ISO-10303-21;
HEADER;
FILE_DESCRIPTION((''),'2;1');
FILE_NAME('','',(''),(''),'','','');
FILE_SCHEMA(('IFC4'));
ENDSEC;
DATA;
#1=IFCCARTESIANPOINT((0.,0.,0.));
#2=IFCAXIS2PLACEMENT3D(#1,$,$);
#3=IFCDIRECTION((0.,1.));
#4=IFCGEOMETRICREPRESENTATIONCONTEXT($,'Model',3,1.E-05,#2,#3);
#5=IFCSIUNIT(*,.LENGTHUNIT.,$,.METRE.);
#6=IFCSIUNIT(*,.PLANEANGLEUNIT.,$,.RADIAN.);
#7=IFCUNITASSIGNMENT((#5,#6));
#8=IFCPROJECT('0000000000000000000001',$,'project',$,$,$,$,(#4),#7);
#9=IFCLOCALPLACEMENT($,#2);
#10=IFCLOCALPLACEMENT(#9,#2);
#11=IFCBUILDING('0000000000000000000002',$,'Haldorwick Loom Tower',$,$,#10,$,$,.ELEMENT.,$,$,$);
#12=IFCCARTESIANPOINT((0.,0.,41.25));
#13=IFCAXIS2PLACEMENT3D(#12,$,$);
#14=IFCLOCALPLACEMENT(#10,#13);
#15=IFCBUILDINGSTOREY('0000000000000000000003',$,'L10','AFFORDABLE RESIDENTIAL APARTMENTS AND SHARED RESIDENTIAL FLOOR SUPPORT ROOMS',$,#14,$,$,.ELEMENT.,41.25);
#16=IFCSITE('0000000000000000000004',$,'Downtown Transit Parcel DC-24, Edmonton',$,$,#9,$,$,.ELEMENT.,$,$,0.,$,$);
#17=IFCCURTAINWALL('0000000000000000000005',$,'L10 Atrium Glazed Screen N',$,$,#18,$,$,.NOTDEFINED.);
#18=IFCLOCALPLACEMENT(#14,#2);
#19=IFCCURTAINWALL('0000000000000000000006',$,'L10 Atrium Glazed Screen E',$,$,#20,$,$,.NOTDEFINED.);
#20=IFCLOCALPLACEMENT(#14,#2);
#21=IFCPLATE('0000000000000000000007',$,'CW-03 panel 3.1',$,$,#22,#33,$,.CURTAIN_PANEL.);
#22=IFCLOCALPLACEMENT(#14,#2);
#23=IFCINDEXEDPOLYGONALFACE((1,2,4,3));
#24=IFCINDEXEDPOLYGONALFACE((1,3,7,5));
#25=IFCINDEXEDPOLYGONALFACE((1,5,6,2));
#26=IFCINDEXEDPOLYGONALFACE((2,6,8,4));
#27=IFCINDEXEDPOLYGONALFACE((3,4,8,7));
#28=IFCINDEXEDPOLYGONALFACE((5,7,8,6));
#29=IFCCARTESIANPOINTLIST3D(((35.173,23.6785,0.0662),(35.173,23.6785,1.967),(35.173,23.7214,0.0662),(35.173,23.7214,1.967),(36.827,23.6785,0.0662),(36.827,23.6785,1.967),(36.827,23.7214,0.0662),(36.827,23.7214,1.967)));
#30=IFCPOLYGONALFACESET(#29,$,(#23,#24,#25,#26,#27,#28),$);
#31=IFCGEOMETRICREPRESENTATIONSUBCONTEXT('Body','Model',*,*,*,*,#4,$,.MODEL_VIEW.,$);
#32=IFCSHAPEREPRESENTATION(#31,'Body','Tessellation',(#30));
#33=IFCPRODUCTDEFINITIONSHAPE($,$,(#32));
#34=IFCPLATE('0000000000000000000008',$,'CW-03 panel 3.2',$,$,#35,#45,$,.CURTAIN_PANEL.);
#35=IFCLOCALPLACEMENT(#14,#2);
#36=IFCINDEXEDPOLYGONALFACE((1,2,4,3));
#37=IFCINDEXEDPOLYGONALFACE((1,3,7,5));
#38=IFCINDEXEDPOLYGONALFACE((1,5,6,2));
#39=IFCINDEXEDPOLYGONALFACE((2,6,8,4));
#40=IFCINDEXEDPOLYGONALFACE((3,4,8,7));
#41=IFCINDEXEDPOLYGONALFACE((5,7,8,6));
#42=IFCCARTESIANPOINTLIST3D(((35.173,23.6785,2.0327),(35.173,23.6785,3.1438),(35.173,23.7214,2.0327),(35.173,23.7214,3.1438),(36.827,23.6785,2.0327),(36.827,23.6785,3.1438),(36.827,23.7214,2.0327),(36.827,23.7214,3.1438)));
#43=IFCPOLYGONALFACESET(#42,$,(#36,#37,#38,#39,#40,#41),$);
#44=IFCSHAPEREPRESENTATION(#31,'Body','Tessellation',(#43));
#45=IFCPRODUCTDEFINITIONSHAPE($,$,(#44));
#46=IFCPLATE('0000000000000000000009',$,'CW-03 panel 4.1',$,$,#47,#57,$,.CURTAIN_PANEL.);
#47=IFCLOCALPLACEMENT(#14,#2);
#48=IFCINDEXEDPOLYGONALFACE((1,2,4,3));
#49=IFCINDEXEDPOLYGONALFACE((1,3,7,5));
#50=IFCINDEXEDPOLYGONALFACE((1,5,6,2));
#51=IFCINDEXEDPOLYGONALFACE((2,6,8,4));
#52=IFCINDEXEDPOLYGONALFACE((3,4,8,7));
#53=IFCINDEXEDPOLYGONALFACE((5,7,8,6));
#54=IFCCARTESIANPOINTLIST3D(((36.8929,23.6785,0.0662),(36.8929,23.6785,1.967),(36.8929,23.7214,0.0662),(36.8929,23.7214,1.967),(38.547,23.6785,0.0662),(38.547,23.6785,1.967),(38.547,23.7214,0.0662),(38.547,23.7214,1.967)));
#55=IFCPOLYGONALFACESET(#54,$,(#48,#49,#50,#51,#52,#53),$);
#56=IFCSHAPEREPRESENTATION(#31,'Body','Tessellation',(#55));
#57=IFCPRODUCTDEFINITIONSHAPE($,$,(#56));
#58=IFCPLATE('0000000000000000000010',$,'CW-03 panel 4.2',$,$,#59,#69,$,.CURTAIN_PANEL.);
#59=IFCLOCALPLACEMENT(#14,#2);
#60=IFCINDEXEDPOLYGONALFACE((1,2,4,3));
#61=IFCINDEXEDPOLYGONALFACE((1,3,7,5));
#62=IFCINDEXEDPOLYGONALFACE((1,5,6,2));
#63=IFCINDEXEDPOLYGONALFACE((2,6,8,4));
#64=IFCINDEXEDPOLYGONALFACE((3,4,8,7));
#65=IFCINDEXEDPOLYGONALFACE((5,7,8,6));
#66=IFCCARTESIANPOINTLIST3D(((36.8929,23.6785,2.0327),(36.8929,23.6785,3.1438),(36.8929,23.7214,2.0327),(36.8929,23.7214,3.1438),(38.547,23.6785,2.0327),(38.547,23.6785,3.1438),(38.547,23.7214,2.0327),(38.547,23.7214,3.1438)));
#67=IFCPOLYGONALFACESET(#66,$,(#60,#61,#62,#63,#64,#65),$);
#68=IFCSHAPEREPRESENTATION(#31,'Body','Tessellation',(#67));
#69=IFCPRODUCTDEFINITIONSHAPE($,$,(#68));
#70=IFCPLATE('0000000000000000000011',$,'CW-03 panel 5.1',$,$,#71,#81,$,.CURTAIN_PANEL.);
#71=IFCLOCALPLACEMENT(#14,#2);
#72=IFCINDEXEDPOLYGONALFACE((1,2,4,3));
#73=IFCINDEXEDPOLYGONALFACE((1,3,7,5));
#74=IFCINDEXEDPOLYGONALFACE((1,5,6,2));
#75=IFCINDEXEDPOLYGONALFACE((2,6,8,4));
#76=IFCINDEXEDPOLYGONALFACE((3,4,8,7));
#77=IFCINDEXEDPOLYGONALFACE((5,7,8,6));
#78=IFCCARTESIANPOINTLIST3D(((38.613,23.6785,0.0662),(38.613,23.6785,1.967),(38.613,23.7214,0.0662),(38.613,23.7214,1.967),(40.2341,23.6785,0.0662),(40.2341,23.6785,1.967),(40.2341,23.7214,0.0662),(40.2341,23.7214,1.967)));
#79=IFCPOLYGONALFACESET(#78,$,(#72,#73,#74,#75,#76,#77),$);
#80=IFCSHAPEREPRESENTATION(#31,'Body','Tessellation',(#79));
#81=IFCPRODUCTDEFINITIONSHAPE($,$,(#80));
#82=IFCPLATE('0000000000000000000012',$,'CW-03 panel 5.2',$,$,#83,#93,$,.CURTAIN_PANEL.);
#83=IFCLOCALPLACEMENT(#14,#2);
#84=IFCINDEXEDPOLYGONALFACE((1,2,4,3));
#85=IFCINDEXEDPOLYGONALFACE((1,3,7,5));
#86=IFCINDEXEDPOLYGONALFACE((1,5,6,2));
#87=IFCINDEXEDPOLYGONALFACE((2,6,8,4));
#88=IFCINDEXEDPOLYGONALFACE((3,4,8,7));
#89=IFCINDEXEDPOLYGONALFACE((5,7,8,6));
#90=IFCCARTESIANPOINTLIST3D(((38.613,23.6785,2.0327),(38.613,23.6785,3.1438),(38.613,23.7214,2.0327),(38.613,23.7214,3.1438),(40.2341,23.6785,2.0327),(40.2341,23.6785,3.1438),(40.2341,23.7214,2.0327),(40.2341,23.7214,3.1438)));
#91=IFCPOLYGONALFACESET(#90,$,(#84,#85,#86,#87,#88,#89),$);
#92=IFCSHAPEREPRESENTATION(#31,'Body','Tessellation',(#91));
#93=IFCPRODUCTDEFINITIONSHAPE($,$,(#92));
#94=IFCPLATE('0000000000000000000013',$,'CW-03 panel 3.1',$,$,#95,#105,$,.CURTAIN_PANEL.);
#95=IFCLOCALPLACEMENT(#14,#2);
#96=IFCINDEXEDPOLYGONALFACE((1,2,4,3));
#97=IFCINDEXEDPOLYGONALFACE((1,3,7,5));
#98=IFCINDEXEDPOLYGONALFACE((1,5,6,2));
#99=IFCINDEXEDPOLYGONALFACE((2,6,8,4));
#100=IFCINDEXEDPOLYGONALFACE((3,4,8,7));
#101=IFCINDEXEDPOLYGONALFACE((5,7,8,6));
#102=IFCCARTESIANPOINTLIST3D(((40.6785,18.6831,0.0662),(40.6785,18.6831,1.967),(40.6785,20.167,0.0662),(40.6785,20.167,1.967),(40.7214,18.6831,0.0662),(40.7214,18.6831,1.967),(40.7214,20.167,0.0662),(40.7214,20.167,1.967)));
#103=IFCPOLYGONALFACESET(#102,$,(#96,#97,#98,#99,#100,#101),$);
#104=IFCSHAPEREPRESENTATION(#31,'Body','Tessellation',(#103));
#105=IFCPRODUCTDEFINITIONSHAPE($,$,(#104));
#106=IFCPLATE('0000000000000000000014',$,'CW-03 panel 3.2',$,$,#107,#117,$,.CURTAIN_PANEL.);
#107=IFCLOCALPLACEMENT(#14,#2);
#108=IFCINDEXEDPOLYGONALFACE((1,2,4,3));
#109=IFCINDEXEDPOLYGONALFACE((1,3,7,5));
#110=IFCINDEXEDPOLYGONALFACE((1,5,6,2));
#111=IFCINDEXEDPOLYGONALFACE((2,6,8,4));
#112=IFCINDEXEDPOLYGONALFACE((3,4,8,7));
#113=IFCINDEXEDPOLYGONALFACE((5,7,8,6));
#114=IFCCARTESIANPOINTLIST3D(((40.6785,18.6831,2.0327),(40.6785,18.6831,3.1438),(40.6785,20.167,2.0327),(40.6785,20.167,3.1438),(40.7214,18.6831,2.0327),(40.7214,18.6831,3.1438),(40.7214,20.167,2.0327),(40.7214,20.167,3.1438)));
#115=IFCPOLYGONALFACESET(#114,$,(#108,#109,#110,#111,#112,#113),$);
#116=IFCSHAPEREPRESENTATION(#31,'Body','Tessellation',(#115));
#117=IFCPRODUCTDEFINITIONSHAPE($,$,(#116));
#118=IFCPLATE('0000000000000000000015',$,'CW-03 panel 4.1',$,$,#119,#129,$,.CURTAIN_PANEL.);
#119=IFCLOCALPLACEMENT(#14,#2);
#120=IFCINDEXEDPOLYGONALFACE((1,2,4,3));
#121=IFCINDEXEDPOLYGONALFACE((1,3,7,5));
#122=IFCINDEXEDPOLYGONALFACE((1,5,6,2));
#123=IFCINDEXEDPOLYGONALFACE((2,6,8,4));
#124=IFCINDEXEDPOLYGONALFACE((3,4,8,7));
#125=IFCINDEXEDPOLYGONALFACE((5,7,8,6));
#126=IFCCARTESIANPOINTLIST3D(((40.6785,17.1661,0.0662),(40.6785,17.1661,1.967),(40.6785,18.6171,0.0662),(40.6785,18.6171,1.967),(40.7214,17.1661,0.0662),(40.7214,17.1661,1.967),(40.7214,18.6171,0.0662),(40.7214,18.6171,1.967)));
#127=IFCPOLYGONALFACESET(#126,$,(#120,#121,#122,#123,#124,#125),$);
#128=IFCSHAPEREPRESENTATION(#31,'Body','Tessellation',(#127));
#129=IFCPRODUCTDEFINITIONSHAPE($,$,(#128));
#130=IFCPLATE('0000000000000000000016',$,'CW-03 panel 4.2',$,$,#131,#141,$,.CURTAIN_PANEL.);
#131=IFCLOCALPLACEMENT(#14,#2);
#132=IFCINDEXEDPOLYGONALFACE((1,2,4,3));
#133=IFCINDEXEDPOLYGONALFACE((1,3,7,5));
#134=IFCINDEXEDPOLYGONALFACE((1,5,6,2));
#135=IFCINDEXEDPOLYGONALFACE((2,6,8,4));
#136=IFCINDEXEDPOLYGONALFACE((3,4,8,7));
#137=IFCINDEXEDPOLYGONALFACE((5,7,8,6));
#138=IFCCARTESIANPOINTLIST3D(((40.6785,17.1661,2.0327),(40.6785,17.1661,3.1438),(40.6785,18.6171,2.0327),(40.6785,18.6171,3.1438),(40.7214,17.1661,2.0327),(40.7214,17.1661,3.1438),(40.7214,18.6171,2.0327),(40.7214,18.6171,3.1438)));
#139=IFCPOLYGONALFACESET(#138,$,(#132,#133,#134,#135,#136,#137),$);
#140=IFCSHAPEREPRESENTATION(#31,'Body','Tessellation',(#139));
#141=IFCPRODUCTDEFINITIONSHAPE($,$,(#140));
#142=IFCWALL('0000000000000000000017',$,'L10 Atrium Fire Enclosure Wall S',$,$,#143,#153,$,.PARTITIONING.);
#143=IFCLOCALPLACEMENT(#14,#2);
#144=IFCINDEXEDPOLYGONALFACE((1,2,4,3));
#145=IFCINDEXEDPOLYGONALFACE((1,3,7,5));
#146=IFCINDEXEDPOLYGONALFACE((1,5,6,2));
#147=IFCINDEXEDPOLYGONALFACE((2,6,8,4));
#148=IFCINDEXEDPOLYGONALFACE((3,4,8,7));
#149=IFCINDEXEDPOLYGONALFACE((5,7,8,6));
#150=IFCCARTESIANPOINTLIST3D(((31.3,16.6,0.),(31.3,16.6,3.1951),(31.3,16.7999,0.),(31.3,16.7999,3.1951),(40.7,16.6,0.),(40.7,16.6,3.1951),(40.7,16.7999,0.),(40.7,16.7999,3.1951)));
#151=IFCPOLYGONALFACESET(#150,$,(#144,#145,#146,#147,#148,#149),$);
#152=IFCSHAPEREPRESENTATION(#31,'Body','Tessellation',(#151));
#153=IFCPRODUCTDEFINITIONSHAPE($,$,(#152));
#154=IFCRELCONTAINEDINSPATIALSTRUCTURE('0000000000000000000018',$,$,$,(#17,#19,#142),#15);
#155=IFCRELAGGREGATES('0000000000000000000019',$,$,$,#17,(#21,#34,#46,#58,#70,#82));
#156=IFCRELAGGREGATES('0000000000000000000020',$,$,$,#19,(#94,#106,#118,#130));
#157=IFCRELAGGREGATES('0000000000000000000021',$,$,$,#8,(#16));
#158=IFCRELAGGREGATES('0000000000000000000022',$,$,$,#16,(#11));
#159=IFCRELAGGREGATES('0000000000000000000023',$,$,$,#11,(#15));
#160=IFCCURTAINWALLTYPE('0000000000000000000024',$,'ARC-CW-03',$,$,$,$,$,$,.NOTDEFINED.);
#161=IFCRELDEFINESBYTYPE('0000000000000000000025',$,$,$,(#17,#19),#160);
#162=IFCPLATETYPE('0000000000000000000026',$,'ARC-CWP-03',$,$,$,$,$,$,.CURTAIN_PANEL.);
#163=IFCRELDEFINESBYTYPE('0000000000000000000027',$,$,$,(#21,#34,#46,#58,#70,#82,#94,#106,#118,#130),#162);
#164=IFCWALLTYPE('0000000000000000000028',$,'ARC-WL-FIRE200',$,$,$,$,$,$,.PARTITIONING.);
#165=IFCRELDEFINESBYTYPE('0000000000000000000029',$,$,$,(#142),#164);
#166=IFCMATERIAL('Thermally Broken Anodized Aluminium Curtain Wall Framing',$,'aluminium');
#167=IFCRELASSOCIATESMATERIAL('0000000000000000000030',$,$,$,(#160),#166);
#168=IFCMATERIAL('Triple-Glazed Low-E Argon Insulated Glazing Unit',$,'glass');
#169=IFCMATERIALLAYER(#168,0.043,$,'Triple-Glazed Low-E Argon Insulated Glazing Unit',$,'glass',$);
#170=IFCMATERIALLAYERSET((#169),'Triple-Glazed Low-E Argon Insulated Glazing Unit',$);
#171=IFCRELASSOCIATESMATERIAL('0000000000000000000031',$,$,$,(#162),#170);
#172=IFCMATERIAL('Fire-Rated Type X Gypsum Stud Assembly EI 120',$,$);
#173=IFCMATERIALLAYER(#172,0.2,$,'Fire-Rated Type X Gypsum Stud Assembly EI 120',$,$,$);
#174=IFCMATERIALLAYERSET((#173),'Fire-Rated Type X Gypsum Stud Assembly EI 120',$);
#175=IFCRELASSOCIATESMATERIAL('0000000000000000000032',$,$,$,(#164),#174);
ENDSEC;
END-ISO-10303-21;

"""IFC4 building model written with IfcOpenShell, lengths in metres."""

from ifc_helpers import new_model, si_unit, direction, frame, frame_2d, origin, origin_2d, place, context, subcontext, project, spatial, rectangle, extrude, material, layer, layer_set, type_object, element, aggregate, save


model = new_model("IFC4")

# Units and contexts
model_context = context("Model", 3, precision=1e-05, world=origin(), true_north=direction((0.0, 1.0)))
body_context = subcontext(model_context, "Body", "Model", "MODEL_VIEW")
ifc_project = project(units=[si_unit("LENGTHUNIT", "METRE"), si_unit("PLANEANGLEUNIT", "RADIAN")], contexts=[model_context])

# Site, building, storey
site_placement = place(None, origin())
site = spatial("IfcSite", under=ifc_project, at=site_placement, Name="Downtown Transit Parcel DC-24, Edmonton", CompositionType="ELEMENT", RefElevation=0.0)
building_placement = place(site_placement, origin())
building = spatial("IfcBuilding", under=site, at=building_placement, Name="Haldorwick Loom Tower", CompositionType="ELEMENT")
storey_placement = place(building_placement, frame((0.0, 0.0, 41.25)))
storey = spatial("IfcBuildingStorey", under=building, at=storey_placement, Name="L10", Description="AFFORDABLE RESIDENTIAL APARTMENTS AND SHARED RESIDENTIAL FLOOR SUPPORT ROOMS", CompositionType="ELEMENT", Elevation=41.25)

# Curtain walls
ifc_material_1 = material(Name="Thermally Broken Anodized Aluminium Curtain Wall Framing", Category="aluminium")
curtain_wall_type = type_object("IfcCurtainWallType", Name="ARC-CW-03", PredefinedType="NOTDEFINED", material=ifc_material_1)
curtain_wall_1_placement = place(storey_placement, origin())
curtain_wall_1 = element("IfcCurtainWall", 1, at=curtain_wall_1_placement, inside=storey, type_object=curtain_wall_type, Name="L10 Atrium Glazed Screen N", PredefinedType="NOTDEFINED")
curtain_wall_2_placement = place(storey_placement, origin())
curtain_wall_2 = element("IfcCurtainWall", 2, at=curtain_wall_2_placement, inside=storey, type_object=curtain_wall_type, Name="L10 Atrium Glazed Screen E", PredefinedType="NOTDEFINED")

# Plates
ifc_material_2 = material(Name="Triple-Glazed Low-E Argon Insulated Glazing Unit", Category="glass")
ifc_layer_1 = layer(ifc_material_2, 0.043, Name="Triple-Glazed Low-E Argon Insulated Glazing Unit", Category="glass")
ifc_layer_set_1 = layer_set([ifc_layer_1], Name="Triple-Glazed Low-E Argon Insulated Glazing Unit")
plate_type = type_object("IfcPlateType", Name="ARC-CWP-03", PredefinedType="CURTAIN_PANEL", material=ifc_layer_set_1)
plate_1_placement = place(storey_placement, frame((36.0, 23.7, 0.0662), z_axis=(0.0, 0.0, 1.0), x_axis=(1.0, 0.0, 0.0)))
plate_1 = element("IfcPlate", 3, at=plate_1_placement, type_object=plate_type, Name="CW-03 panel 3.1", PredefinedType="CURTAIN_PANEL", context=body_context, shape_type="SweptSolid", body=[
    extrude(rectangle(XDim=1.6541, YDim=0.043, at=origin_2d()), origin(), (0.0, 0.0, 1.0), 1.9009),
])
plate_2_placement = place(storey_placement, frame((36.0, 23.7, 2.0327), z_axis=(0.0, 0.0, 1.0), x_axis=(1.0, 0.0, 0.0)))
plate_2 = element("IfcPlate", 4, at=plate_2_placement, type_object=plate_type, Name="CW-03 panel 3.2", PredefinedType="CURTAIN_PANEL", context=body_context, shape_type="SweptSolid", body=[
    extrude(rectangle(XDim=1.6541, YDim=0.043, at=origin_2d()), origin(), (0.0, 0.0, 1.0), 1.1111),
])
plate_3_placement = place(storey_placement, frame((37.72, 23.7, 0.0662), z_axis=(0.0, 0.0, 1.0), x_axis=(1.0, 0.0, 0.0)))
plate_3 = element("IfcPlate", 5, at=plate_3_placement, type_object=plate_type, Name="CW-03 panel 4.1", PredefinedType="CURTAIN_PANEL", context=body_context, shape_type="SweptSolid", body=[
    extrude(rectangle(XDim=1.6541, YDim=0.043, at=origin_2d()), origin(), (0.0, 0.0, 1.0), 1.9009),
])
plate_4_placement = place(storey_placement, frame((37.72, 23.7, 2.0327), z_axis=(0.0, 0.0, 1.0), x_axis=(1.0, 0.0, 0.0)))
plate_4 = element("IfcPlate", 6, at=plate_4_placement, type_object=plate_type, Name="CW-03 panel 4.2", PredefinedType="CURTAIN_PANEL", context=body_context, shape_type="SweptSolid", body=[
    extrude(rectangle(XDim=1.6541, YDim=0.043, at=origin_2d()), origin(), (0.0, 0.0, 1.0), 1.1111),
])
plate_5_placement = place(storey_placement, frame((39.4236, 23.7, 0.0662), z_axis=(0.0, 0.0, 1.0), x_axis=(1.0, 0.0, 0.0)))
plate_5 = element("IfcPlate", 7, at=plate_5_placement, type_object=plate_type, Name="CW-03 panel 5.1", PredefinedType="CURTAIN_PANEL", context=body_context, shape_type="SweptSolid", body=[
    extrude(rectangle(XDim=1.6211, YDim=0.043, at=origin_2d()), origin(), (0.0, 0.0, 1.0), 1.9009),
])
plate_6_placement = place(storey_placement, frame((39.4236, 23.7, 2.0327), z_axis=(0.0, 0.0, 1.0), x_axis=(1.0, 0.0, 0.0)))
plate_6 = element("IfcPlate", 8, at=plate_6_placement, type_object=plate_type, Name="CW-03 panel 5.2", PredefinedType="CURTAIN_PANEL", context=body_context, shape_type="SweptSolid", body=[
    extrude(rectangle(XDim=1.6211, YDim=0.043, at=origin_2d()), origin(), (0.0, 0.0, 1.0), 1.1111),
])
aggregate(curtain_wall_1, [plate_1, plate_2, plate_3, plate_4, plate_5, plate_6])
plate_7_placement = place(storey_placement, frame((40.7, 19.425, 0.0662), z_axis=(0.0, 0.0, 1.0), x_axis=(0.0, -1.0, 0.0)))
plate_7 = element("IfcPlate", 9, at=plate_7_placement, type_object=plate_type, Name="CW-03 panel 3.1", PredefinedType="CURTAIN_PANEL", context=body_context, shape_type="SweptSolid", body=[
    extrude(rectangle(XDim=1.4839, YDim=0.043, at=origin_2d()), origin(), (0.0, 0.0, 1.0), 1.9009),
])
plate_8_placement = place(storey_placement, frame((40.7, 19.425, 2.0327), z_axis=(0.0, 0.0, 1.0), x_axis=(0.0, -1.0, 0.0)))
plate_8 = element("IfcPlate", 10, at=plate_8_placement, type_object=plate_type, Name="CW-03 panel 3.2", PredefinedType="CURTAIN_PANEL", context=body_context, shape_type="SweptSolid", body=[
    extrude(rectangle(XDim=1.4839, YDim=0.043, at=origin_2d()), origin(), (0.0, 0.0, 1.0), 1.1111),
])
plate_9_placement = place(storey_placement, frame((40.7, 17.8916, 0.0662), z_axis=(0.0, 0.0, 1.0), x_axis=(0.0, -1.0, 0.0)))
plate_9 = element("IfcPlate", 11, at=plate_9_placement, type_object=plate_type, Name="CW-03 panel 4.1", PredefinedType="CURTAIN_PANEL", context=body_context, shape_type="SweptSolid", body=[
    extrude(rectangle(XDim=1.4509, YDim=0.043, at=origin_2d()), origin(), (0.0, 0.0, 1.0), 1.9009),
])
plate_10_placement = place(storey_placement, frame((40.7, 17.8916, 2.0327), z_axis=(0.0, 0.0, 1.0), x_axis=(0.0, -1.0, 0.0)))
plate_10 = element("IfcPlate", 12, at=plate_10_placement, type_object=plate_type, Name="CW-03 panel 4.2", PredefinedType="CURTAIN_PANEL", context=body_context, shape_type="SweptSolid", body=[
    extrude(rectangle(XDim=1.4509, YDim=0.043, at=origin_2d()), origin(), (0.0, 0.0, 1.0), 1.1111),
])
aggregate(curtain_wall_2, [plate_7, plate_8, plate_9, plate_10])

# Wall
ifc_material_3 = material(Name="Fire-Rated Type X Gypsum Stud Assembly EI 120")
ifc_layer_2 = layer(ifc_material_3, 0.2, Name="Fire-Rated Type X Gypsum Stud Assembly EI 120")
ifc_layer_set_2 = layer_set([ifc_layer_2], Name="Fire-Rated Type X Gypsum Stud Assembly EI 120")
wall_type = type_object("IfcWallType", Name="ARC-WL-FIRE200", PredefinedType="PARTITIONING", material=ifc_layer_set_2)
wall_placement = place(storey_placement, frame((40.7, 16.7, 0.0), z_axis=(0.0, 0.0, 1.0), x_axis=(-1.0, 0.0, 0.0)))
element("IfcWall", 13, at=wall_placement, inside=storey, type_object=wall_type, Name="L10 Atrium Fire Enclosure Wall S", PredefinedType="PARTITIONING", context=body_context, shape_type="SweptSolid", body=[
    extrude(rectangle(XDim=9.3999, YDim=0.2, at=frame_2d((4.7, 0.0))), origin(), (0.0, 0.0, 1.0), 3.1951),
])

save(model, "model.ifc")
